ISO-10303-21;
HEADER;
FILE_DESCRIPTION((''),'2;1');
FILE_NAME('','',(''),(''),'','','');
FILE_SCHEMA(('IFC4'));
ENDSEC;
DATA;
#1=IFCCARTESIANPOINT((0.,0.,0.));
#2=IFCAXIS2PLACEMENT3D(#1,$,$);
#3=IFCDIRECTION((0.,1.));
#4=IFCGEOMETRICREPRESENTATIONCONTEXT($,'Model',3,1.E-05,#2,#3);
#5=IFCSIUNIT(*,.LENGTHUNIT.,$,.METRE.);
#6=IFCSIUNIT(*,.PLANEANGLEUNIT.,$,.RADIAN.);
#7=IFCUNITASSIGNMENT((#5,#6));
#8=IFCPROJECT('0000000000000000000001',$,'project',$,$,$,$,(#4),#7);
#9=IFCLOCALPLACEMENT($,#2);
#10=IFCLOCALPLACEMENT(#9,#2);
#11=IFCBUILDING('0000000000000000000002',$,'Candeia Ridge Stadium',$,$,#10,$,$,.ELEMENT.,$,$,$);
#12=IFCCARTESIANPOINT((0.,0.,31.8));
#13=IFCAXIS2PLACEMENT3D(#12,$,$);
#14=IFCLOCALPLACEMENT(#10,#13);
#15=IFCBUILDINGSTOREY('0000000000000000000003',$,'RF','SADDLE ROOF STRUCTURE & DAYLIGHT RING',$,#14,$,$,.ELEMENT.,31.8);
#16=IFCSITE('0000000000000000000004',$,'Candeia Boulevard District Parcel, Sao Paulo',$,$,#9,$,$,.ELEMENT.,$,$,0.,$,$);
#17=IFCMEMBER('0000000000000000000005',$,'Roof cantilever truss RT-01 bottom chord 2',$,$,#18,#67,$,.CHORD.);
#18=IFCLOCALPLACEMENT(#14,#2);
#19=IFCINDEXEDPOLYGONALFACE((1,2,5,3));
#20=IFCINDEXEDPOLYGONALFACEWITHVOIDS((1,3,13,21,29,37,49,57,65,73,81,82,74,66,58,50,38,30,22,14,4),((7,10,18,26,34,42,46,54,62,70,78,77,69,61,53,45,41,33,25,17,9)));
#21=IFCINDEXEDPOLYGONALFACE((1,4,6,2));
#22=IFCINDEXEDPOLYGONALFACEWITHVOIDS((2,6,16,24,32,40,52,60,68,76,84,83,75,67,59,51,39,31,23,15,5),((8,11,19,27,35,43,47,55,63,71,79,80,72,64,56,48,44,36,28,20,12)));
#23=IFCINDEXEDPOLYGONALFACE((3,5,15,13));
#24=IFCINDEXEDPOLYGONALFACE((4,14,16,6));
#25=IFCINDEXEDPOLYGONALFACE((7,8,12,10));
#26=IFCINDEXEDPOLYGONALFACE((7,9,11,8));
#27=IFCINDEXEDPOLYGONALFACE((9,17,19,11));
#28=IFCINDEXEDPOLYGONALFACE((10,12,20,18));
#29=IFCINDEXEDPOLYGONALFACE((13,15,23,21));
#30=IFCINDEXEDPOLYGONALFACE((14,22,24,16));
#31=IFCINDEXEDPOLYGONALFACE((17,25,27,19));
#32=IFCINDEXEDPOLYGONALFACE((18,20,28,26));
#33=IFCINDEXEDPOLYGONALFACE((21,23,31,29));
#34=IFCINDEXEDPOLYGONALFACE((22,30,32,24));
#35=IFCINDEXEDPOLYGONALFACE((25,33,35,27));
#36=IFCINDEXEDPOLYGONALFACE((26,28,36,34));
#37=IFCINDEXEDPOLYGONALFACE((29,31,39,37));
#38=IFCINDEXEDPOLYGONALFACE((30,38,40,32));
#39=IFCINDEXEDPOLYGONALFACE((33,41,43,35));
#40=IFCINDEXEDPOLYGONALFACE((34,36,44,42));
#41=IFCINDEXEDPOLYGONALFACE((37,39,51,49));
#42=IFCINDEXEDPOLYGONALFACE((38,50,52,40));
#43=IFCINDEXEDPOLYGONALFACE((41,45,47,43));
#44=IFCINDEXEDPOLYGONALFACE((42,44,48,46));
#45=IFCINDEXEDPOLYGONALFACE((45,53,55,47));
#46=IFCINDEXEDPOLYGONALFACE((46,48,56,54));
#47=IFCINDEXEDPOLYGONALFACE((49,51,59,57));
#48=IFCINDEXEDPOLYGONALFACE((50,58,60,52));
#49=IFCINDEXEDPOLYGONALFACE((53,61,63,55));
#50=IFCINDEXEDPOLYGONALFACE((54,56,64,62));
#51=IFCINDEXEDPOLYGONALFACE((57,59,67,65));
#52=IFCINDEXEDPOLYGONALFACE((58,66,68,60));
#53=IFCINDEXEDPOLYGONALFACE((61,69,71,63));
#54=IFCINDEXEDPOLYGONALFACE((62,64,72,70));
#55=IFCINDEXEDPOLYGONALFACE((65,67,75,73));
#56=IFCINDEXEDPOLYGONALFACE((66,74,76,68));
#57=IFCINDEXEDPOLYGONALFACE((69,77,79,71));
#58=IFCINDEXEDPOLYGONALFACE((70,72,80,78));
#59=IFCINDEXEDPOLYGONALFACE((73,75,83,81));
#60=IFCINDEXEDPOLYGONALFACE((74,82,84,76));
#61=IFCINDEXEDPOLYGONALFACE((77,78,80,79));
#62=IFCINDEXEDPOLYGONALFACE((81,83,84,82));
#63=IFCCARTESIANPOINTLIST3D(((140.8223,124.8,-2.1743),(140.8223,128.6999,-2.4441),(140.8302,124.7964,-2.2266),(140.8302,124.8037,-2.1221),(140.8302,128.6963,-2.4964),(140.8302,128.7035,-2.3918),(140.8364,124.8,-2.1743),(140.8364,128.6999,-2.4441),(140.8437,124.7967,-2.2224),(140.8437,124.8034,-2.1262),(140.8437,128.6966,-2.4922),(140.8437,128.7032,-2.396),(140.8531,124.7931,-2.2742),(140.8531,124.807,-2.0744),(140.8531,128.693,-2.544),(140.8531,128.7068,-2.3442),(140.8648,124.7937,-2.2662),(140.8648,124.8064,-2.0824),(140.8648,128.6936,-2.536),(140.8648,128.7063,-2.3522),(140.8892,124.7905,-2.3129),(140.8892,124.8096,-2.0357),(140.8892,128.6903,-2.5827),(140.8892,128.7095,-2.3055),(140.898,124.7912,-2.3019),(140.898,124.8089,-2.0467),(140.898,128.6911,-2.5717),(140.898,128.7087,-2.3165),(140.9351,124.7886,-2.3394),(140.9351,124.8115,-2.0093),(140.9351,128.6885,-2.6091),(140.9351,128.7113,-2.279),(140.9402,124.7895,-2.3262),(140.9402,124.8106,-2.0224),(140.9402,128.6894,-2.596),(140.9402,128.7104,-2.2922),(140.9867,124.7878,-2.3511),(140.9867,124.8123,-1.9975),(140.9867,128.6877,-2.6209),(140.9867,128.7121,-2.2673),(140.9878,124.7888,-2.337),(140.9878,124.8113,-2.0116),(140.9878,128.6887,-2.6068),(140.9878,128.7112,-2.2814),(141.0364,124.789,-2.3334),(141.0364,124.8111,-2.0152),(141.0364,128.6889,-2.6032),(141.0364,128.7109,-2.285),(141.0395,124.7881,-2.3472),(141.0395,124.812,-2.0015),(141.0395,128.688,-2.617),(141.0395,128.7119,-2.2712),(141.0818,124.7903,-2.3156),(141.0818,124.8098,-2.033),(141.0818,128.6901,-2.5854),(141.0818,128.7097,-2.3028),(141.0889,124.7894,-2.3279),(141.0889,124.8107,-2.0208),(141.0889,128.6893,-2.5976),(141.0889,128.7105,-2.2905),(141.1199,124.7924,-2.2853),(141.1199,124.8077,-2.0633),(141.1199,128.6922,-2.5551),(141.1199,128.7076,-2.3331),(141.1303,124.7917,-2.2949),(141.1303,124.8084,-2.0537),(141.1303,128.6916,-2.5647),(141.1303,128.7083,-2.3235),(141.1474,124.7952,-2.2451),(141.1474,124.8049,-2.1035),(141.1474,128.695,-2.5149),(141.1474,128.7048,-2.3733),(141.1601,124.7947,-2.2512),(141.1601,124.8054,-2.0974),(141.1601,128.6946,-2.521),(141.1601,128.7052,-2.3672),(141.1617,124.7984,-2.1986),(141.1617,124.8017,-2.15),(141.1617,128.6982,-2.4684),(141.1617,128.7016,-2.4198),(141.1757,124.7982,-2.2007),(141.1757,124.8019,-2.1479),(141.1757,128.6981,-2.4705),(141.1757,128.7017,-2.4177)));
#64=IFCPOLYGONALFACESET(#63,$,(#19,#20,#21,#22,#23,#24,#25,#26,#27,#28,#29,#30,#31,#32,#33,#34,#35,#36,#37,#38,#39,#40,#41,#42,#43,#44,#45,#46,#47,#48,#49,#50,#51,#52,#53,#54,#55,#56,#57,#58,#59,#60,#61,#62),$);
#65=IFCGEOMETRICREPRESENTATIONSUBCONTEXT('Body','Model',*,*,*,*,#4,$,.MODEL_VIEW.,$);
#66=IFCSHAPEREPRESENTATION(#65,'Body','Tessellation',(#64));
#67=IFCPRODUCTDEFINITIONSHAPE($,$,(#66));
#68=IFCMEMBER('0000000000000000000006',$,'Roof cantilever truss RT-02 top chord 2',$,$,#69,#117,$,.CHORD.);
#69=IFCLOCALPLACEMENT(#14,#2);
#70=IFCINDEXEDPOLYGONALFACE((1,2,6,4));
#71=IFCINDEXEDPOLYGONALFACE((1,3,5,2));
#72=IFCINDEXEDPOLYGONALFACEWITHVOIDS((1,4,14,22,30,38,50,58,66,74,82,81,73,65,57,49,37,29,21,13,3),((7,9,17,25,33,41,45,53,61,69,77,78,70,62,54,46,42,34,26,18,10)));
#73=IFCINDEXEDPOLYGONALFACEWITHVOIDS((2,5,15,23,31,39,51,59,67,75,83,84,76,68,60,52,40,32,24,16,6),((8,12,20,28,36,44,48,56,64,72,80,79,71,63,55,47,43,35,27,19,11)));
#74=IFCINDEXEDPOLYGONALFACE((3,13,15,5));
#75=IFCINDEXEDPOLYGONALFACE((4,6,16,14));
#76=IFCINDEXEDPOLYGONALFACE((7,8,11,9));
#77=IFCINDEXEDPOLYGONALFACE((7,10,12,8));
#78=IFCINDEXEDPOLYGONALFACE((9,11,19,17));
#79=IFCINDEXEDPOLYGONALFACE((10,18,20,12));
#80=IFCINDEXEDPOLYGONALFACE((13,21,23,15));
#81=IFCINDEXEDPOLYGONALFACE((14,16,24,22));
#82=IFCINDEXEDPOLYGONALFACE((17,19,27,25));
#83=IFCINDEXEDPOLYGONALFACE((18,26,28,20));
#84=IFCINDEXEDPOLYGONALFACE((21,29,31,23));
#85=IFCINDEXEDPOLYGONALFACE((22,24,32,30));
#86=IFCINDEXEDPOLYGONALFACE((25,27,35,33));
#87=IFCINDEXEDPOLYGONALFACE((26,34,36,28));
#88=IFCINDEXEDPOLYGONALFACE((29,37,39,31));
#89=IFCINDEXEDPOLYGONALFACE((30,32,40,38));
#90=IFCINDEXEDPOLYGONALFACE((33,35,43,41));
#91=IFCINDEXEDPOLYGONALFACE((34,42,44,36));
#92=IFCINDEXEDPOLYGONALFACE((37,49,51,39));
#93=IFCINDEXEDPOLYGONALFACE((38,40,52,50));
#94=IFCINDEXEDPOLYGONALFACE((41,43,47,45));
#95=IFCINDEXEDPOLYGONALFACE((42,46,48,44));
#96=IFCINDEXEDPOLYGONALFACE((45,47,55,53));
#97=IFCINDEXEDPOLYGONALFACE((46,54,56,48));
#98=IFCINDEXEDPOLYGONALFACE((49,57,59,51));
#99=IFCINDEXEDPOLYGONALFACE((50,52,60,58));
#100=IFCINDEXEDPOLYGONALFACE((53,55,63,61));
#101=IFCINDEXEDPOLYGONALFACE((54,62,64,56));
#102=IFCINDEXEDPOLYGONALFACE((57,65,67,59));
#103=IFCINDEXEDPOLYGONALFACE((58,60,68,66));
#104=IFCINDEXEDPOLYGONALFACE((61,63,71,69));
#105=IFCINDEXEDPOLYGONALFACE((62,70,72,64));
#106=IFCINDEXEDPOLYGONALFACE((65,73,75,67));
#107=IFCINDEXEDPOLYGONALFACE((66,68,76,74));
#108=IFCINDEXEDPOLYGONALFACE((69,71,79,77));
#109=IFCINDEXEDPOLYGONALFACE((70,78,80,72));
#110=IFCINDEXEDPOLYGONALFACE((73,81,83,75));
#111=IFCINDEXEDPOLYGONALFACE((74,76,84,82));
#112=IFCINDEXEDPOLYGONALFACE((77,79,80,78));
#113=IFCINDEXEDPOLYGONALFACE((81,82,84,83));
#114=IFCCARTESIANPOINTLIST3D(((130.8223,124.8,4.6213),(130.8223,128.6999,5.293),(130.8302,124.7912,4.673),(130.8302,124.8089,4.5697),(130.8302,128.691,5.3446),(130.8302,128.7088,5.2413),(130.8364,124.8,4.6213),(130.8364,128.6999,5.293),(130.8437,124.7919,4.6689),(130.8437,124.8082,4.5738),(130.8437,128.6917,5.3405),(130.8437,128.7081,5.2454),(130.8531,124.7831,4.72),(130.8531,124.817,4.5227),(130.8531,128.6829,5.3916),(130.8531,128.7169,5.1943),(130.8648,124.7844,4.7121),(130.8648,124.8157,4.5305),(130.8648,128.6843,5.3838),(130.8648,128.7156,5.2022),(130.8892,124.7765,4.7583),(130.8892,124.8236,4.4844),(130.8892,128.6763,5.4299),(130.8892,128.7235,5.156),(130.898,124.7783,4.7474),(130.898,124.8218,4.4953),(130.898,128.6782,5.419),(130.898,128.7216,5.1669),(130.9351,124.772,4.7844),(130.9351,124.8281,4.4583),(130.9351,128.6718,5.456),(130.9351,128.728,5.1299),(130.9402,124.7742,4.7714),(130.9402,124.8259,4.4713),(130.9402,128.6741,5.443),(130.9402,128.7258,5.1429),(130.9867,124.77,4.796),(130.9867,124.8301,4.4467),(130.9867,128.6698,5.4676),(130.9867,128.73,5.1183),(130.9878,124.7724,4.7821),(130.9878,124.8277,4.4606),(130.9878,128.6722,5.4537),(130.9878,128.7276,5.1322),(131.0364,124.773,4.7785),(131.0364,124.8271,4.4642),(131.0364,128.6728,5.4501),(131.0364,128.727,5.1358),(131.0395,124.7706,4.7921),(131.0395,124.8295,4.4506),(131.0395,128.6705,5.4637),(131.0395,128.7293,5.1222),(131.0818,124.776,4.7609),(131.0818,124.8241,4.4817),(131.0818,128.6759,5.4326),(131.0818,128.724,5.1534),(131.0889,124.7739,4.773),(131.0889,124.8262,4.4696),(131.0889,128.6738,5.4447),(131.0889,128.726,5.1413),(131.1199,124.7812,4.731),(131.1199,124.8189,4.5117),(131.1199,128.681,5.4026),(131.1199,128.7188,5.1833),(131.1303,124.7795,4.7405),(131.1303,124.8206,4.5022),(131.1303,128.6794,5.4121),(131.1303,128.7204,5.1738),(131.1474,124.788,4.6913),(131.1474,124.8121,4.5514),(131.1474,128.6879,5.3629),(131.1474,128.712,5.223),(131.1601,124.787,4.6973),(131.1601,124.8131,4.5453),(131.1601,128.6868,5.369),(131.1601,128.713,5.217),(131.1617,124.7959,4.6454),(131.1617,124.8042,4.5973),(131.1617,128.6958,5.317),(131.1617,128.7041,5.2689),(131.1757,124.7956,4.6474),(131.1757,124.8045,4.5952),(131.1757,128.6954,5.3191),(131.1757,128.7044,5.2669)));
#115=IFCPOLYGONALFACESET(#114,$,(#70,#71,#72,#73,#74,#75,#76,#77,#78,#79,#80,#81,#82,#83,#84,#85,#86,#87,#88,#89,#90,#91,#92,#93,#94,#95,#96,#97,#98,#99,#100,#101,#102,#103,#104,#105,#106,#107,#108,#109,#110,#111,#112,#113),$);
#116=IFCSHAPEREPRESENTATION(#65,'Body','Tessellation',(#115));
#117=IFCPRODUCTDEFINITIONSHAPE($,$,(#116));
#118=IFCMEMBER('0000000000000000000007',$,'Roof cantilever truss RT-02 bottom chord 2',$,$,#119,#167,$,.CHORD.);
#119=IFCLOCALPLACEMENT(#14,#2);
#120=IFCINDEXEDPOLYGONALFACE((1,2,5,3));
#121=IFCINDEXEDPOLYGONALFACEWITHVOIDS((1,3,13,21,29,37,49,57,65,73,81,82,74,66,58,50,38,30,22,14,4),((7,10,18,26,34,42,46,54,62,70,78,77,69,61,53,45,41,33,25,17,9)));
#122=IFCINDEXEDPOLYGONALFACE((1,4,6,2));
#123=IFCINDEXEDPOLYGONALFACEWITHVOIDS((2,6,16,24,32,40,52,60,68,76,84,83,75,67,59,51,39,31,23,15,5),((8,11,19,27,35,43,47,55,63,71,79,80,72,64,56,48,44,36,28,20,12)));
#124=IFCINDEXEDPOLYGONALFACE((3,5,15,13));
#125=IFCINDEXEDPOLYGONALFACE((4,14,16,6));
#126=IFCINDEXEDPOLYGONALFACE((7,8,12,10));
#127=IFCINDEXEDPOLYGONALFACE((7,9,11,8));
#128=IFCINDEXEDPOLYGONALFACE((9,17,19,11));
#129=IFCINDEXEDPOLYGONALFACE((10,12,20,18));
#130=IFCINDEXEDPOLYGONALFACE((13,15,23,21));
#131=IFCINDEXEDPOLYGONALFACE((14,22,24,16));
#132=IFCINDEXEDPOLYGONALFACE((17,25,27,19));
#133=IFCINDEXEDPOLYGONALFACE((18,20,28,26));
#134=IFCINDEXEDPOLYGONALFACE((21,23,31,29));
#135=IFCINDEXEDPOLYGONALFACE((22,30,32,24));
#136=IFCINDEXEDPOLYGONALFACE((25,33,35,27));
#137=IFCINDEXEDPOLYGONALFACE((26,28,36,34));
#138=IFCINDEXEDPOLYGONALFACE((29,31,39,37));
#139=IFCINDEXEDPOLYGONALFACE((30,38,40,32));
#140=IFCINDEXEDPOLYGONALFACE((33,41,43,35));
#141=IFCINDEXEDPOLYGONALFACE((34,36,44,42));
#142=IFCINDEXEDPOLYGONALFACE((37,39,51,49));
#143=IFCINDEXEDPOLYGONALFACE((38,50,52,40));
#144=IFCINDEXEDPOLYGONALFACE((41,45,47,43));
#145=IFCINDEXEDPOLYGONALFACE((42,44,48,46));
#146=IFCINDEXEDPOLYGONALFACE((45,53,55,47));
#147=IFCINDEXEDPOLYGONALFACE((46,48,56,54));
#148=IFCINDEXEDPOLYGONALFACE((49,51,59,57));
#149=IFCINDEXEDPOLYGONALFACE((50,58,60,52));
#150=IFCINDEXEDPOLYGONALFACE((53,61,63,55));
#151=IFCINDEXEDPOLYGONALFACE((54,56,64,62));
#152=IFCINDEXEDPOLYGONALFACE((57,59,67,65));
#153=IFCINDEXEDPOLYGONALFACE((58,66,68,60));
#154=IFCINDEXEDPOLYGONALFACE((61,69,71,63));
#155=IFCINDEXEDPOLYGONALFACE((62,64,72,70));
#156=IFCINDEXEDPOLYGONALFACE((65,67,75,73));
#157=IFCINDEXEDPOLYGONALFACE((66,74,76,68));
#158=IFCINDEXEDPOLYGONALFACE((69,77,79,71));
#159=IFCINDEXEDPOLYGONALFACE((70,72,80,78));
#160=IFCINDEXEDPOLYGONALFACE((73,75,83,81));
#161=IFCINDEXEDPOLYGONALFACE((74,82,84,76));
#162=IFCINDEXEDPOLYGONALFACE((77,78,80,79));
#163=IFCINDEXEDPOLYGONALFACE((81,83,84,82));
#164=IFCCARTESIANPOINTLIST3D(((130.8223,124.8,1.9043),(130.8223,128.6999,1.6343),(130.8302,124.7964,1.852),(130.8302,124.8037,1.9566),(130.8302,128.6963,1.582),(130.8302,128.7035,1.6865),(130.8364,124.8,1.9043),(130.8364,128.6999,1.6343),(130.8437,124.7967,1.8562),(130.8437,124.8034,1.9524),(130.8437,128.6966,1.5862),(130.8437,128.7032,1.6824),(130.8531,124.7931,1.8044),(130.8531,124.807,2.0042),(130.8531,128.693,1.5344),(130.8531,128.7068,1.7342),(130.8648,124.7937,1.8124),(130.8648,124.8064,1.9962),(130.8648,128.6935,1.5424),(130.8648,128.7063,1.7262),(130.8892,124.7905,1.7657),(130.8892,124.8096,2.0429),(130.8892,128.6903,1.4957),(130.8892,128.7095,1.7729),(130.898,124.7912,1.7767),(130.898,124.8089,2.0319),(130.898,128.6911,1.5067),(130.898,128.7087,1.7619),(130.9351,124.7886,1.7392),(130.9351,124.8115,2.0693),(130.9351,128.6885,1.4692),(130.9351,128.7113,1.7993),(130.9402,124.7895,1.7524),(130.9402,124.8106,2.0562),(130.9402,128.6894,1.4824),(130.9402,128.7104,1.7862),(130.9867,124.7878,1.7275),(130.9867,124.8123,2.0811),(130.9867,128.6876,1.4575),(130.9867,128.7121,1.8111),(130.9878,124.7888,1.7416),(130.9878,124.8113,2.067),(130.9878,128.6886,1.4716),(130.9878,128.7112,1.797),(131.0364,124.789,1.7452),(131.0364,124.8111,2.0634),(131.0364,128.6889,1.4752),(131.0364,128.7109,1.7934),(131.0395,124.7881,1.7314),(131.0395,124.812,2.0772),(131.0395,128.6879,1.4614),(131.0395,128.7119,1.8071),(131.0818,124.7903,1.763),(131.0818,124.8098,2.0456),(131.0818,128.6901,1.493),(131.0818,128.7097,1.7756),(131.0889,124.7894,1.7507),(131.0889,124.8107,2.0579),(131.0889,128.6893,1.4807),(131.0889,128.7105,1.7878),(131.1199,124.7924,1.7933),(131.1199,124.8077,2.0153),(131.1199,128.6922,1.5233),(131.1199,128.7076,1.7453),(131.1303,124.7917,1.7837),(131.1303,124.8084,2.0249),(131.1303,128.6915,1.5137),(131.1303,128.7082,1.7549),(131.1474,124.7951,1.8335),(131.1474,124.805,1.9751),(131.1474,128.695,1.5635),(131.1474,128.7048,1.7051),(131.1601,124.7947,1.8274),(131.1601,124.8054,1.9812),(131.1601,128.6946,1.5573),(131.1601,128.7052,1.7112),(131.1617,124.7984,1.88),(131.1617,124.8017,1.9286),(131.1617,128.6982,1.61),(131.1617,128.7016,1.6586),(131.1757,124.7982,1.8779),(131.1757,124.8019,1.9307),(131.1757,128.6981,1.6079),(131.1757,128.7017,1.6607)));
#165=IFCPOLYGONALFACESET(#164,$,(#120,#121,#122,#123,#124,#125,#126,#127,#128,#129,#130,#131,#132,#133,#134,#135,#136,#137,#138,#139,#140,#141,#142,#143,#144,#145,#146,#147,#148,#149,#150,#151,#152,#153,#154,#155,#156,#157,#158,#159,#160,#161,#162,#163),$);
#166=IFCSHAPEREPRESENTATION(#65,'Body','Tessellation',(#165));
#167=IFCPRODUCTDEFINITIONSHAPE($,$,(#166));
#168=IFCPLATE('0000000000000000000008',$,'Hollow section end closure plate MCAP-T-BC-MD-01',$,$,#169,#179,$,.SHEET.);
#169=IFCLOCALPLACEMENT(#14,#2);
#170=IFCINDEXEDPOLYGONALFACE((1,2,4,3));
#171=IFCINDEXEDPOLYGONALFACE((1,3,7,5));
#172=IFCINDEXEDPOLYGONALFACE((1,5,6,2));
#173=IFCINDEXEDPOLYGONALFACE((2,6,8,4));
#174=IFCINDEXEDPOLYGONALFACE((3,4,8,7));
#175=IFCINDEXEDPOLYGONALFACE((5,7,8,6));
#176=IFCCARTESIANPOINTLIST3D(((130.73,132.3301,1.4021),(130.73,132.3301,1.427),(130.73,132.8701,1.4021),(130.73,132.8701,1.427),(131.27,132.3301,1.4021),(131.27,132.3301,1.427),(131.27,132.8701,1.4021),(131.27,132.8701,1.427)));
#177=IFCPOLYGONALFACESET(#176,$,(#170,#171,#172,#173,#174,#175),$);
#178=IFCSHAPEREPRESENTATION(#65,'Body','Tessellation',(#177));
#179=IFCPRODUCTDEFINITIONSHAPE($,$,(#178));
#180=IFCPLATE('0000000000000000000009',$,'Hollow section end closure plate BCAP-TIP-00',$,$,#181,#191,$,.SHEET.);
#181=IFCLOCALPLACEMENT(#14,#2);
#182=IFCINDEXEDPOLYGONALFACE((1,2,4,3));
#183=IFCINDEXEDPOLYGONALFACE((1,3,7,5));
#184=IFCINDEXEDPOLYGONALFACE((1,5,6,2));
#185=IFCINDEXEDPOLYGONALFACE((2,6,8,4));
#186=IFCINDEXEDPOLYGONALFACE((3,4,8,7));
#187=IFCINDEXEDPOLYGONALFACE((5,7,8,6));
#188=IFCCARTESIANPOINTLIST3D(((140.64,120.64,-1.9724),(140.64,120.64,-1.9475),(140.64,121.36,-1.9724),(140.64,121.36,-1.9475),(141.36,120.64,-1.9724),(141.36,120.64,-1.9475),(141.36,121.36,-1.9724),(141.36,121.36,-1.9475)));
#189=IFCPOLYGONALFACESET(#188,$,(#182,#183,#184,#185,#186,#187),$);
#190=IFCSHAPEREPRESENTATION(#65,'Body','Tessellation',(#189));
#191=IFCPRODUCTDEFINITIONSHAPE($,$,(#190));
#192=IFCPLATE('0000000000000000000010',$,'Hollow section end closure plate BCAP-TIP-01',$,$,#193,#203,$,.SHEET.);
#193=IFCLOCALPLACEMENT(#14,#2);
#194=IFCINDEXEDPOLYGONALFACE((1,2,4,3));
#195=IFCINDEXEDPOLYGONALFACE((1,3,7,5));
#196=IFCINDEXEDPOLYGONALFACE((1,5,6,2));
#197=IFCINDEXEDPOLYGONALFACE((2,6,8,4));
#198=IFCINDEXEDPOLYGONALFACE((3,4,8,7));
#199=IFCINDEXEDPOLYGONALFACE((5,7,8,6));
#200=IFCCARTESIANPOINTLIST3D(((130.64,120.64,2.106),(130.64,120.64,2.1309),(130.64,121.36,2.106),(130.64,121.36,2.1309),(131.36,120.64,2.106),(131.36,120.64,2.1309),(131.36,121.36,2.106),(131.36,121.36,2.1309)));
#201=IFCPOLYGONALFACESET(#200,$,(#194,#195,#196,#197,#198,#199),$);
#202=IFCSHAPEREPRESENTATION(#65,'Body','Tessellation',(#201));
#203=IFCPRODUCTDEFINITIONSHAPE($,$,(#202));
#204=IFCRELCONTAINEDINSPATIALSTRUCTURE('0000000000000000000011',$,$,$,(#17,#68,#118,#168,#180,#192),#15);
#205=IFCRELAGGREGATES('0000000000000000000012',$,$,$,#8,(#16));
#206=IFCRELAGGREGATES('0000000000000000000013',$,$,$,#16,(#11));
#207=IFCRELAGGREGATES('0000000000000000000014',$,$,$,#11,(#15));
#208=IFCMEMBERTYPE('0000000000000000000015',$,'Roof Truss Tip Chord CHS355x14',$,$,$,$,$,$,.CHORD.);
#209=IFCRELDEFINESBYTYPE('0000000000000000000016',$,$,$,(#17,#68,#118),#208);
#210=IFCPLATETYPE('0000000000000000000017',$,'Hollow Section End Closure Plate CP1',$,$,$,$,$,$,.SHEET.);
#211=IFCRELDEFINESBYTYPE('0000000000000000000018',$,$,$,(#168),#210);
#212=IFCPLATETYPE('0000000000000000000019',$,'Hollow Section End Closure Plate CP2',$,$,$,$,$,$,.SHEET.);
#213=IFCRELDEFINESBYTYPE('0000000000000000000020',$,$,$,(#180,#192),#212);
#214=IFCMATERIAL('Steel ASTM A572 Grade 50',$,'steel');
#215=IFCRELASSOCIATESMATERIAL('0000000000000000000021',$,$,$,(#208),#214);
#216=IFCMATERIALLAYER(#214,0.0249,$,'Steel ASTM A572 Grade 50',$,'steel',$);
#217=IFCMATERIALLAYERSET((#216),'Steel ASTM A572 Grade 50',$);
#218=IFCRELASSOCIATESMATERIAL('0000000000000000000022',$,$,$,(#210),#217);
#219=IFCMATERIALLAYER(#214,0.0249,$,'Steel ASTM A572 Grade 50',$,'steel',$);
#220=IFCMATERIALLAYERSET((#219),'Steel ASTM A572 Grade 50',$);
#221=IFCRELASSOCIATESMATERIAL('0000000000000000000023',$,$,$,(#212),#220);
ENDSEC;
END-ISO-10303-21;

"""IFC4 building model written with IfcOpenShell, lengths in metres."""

from ifc_helpers import new_model, si_unit, direction, frame, origin, origin_2d, place, context, subcontext, project, spatial, rectangle, hollow_circle, extrude, material, layer, layer_set, material_profile, profile_set, type_object, element, save


model = new_model("IFC4")

# Units and contexts
model_context = context("Model", 3, precision=1e-05, world=origin(), true_north=direction((0.0, 1.0)))
body_context = subcontext(model_context, "Body", "Model", "MODEL_VIEW")
ifc_project = project(units=[si_unit("LENGTHUNIT", "METRE"), si_unit("PLANEANGLEUNIT", "RADIAN")], contexts=[model_context])

# Site, building, storey
site_placement = place(None, origin())
site = spatial("IfcSite", under=ifc_project, at=site_placement, Name="Candeia Boulevard District Parcel, Sao Paulo", CompositionType="ELEMENT", RefElevation=0.0)
building_placement = place(site_placement, origin())
building = spatial("IfcBuilding", under=site, at=building_placement, Name="Candeia Ridge Stadium", CompositionType="ELEMENT")
storey_placement = place(building_placement, frame((0.0, 0.0, 31.8)))
storey = spatial("IfcBuildingStorey", under=building, at=storey_placement, Name="RF", Description="SADDLE ROOF STRUCTURE & DAYLIGHT RING", CompositionType="ELEMENT", Elevation=31.8)

# Shared definitions
ifc_material_1 = material(Name="Steel ASTM A572 Grade 50", Category="steel")

# Members
ifc_material_profile_1 = material_profile(ifc_material_1, hollow_circle(Radius=0.1777, WallThickness=0.0142, at=origin_2d()), Name="CHS355x14", Category="steel")
ifc_profile_set_1 = profile_set([ifc_material_profile_1], Name="Steel ASTM A572 Grade 50")
member_type_1 = type_object("IfcMemberType", Name="Roof Truss Tip Chord CHS355x14", PredefinedType="CHORD", material=ifc_profile_set_1)
member_1_placement = place(storey_placement, frame((141.0, 124.8, -2.1743), z_axis=(0.0, 0.997616, -0.06901), x_axis=(-1.0, 0.0, 0.0)))
element("IfcMember", 1, at=member_1_placement, inside=storey, type_object=member_type_1, Name="Roof cantilever truss RT-01 bottom chord 2", PredefinedType="CHORD", context=body_context, shape_type="SweptSolid", body=[
    extrude(hollow_circle(Radius=0.1777, WallThickness=0.0142, at=origin_2d()), origin(), (0.0, 0.0, 1.0), 3.9092),
])
member_2_placement = place(storey_placement, frame((131.0, 124.8, 4.6213), z_axis=(0.0, 0.985493, 0.169719), x_axis=(-1.0, 0.0, 0.0)))
element("IfcMember", 2, at=member_2_placement, inside=storey, type_object=member_type_1, Name="Roof cantilever truss RT-02 top chord 2", PredefinedType="CHORD", context=body_context, shape_type="SweptSolid", body=[
    extrude(hollow_circle(Radius=0.1777, WallThickness=0.0142, at=origin_2d()), origin(), (0.0, 0.0, 1.0), 3.9573),
])
member_3_placement = place(storey_placement, frame((131.0, 124.8, 1.9043), z_axis=(0.0, 0.997612, -0.069072), x_axis=(-1.0, 0.0, 0.0)))
element("IfcMember", 3, at=member_3_placement, inside=storey, type_object=member_type_1, Name="Roof cantilever truss RT-02 bottom chord 2", PredefinedType="CHORD", context=body_context, shape_type="SweptSolid", body=[
    extrude(hollow_circle(Radius=0.1777, WallThickness=0.0142, at=origin_2d()), origin(), (0.0, 0.0, 1.0), 3.9092),
])

# Plates
ifc_layer_1 = layer(ifc_material_1, 0.0249, Name="Steel ASTM A572 Grade 50", Category="steel")
ifc_layer_set_1 = layer_set([ifc_layer_1], Name="Steel ASTM A572 Grade 50")
plate_type_1 = type_object("IfcPlateType", Name="Hollow Section End Closure Plate CP1", PredefinedType="SHEET", material=ifc_layer_set_1)
plate_1_placement = place(storey_placement, frame((131.0, 132.6001, 1.4021), z_axis=(0.0, 0.0, 1.0), x_axis=(1.0, 0.0, 0.0)))
element("IfcPlate", 4, at=plate_1_placement, inside=storey, type_object=plate_type_1, Name="Hollow section end closure plate MCAP-T-BC-MD-01", PredefinedType="SHEET", context=body_context, shape_type="SweptSolid", body=[
    extrude(rectangle(XDim=0.54, YDim=0.54, at=origin_2d()), origin(), (0.0, 0.0, 1.0), 0.0249),
])
ifc_layer_2 = layer(ifc_material_1, 0.0249, Name="Steel ASTM A572 Grade 50", Category="steel")
ifc_layer_set_2 = layer_set([ifc_layer_2], Name="Steel ASTM A572 Grade 50")
plate_type_2 = type_object("IfcPlateType", Name="Hollow Section End Closure Plate CP2", PredefinedType="SHEET", material=ifc_layer_set_2)
for number, where, z_axis, x_axis, name in (
    (5, (141.0, 121.0, -1.9724), (0.0, 0.0, 1.0), (1.0, 0.0, 0.0), "Hollow section end closure plate BCAP-TIP-00"),
    (6, (131.0, 121.0, 2.106), (0.0, 0.0, 1.0), (1.0, 0.0, 0.0), "Hollow section end closure plate BCAP-TIP-01"),
):
    element("IfcPlate", number, at=place(storey_placement, frame(where, z_axis=z_axis, x_axis=x_axis)), inside=storey, type_object=plate_type_2, Name=name, PredefinedType="SHEET", context=body_context, shape_type="SweptSolid", body=[
        extrude(rectangle(XDim=0.72, YDim=0.72, at=origin_2d()), origin(), (0.0, 0.0, 1.0), 0.0249),
    ])

save(model, "model.ifc")
